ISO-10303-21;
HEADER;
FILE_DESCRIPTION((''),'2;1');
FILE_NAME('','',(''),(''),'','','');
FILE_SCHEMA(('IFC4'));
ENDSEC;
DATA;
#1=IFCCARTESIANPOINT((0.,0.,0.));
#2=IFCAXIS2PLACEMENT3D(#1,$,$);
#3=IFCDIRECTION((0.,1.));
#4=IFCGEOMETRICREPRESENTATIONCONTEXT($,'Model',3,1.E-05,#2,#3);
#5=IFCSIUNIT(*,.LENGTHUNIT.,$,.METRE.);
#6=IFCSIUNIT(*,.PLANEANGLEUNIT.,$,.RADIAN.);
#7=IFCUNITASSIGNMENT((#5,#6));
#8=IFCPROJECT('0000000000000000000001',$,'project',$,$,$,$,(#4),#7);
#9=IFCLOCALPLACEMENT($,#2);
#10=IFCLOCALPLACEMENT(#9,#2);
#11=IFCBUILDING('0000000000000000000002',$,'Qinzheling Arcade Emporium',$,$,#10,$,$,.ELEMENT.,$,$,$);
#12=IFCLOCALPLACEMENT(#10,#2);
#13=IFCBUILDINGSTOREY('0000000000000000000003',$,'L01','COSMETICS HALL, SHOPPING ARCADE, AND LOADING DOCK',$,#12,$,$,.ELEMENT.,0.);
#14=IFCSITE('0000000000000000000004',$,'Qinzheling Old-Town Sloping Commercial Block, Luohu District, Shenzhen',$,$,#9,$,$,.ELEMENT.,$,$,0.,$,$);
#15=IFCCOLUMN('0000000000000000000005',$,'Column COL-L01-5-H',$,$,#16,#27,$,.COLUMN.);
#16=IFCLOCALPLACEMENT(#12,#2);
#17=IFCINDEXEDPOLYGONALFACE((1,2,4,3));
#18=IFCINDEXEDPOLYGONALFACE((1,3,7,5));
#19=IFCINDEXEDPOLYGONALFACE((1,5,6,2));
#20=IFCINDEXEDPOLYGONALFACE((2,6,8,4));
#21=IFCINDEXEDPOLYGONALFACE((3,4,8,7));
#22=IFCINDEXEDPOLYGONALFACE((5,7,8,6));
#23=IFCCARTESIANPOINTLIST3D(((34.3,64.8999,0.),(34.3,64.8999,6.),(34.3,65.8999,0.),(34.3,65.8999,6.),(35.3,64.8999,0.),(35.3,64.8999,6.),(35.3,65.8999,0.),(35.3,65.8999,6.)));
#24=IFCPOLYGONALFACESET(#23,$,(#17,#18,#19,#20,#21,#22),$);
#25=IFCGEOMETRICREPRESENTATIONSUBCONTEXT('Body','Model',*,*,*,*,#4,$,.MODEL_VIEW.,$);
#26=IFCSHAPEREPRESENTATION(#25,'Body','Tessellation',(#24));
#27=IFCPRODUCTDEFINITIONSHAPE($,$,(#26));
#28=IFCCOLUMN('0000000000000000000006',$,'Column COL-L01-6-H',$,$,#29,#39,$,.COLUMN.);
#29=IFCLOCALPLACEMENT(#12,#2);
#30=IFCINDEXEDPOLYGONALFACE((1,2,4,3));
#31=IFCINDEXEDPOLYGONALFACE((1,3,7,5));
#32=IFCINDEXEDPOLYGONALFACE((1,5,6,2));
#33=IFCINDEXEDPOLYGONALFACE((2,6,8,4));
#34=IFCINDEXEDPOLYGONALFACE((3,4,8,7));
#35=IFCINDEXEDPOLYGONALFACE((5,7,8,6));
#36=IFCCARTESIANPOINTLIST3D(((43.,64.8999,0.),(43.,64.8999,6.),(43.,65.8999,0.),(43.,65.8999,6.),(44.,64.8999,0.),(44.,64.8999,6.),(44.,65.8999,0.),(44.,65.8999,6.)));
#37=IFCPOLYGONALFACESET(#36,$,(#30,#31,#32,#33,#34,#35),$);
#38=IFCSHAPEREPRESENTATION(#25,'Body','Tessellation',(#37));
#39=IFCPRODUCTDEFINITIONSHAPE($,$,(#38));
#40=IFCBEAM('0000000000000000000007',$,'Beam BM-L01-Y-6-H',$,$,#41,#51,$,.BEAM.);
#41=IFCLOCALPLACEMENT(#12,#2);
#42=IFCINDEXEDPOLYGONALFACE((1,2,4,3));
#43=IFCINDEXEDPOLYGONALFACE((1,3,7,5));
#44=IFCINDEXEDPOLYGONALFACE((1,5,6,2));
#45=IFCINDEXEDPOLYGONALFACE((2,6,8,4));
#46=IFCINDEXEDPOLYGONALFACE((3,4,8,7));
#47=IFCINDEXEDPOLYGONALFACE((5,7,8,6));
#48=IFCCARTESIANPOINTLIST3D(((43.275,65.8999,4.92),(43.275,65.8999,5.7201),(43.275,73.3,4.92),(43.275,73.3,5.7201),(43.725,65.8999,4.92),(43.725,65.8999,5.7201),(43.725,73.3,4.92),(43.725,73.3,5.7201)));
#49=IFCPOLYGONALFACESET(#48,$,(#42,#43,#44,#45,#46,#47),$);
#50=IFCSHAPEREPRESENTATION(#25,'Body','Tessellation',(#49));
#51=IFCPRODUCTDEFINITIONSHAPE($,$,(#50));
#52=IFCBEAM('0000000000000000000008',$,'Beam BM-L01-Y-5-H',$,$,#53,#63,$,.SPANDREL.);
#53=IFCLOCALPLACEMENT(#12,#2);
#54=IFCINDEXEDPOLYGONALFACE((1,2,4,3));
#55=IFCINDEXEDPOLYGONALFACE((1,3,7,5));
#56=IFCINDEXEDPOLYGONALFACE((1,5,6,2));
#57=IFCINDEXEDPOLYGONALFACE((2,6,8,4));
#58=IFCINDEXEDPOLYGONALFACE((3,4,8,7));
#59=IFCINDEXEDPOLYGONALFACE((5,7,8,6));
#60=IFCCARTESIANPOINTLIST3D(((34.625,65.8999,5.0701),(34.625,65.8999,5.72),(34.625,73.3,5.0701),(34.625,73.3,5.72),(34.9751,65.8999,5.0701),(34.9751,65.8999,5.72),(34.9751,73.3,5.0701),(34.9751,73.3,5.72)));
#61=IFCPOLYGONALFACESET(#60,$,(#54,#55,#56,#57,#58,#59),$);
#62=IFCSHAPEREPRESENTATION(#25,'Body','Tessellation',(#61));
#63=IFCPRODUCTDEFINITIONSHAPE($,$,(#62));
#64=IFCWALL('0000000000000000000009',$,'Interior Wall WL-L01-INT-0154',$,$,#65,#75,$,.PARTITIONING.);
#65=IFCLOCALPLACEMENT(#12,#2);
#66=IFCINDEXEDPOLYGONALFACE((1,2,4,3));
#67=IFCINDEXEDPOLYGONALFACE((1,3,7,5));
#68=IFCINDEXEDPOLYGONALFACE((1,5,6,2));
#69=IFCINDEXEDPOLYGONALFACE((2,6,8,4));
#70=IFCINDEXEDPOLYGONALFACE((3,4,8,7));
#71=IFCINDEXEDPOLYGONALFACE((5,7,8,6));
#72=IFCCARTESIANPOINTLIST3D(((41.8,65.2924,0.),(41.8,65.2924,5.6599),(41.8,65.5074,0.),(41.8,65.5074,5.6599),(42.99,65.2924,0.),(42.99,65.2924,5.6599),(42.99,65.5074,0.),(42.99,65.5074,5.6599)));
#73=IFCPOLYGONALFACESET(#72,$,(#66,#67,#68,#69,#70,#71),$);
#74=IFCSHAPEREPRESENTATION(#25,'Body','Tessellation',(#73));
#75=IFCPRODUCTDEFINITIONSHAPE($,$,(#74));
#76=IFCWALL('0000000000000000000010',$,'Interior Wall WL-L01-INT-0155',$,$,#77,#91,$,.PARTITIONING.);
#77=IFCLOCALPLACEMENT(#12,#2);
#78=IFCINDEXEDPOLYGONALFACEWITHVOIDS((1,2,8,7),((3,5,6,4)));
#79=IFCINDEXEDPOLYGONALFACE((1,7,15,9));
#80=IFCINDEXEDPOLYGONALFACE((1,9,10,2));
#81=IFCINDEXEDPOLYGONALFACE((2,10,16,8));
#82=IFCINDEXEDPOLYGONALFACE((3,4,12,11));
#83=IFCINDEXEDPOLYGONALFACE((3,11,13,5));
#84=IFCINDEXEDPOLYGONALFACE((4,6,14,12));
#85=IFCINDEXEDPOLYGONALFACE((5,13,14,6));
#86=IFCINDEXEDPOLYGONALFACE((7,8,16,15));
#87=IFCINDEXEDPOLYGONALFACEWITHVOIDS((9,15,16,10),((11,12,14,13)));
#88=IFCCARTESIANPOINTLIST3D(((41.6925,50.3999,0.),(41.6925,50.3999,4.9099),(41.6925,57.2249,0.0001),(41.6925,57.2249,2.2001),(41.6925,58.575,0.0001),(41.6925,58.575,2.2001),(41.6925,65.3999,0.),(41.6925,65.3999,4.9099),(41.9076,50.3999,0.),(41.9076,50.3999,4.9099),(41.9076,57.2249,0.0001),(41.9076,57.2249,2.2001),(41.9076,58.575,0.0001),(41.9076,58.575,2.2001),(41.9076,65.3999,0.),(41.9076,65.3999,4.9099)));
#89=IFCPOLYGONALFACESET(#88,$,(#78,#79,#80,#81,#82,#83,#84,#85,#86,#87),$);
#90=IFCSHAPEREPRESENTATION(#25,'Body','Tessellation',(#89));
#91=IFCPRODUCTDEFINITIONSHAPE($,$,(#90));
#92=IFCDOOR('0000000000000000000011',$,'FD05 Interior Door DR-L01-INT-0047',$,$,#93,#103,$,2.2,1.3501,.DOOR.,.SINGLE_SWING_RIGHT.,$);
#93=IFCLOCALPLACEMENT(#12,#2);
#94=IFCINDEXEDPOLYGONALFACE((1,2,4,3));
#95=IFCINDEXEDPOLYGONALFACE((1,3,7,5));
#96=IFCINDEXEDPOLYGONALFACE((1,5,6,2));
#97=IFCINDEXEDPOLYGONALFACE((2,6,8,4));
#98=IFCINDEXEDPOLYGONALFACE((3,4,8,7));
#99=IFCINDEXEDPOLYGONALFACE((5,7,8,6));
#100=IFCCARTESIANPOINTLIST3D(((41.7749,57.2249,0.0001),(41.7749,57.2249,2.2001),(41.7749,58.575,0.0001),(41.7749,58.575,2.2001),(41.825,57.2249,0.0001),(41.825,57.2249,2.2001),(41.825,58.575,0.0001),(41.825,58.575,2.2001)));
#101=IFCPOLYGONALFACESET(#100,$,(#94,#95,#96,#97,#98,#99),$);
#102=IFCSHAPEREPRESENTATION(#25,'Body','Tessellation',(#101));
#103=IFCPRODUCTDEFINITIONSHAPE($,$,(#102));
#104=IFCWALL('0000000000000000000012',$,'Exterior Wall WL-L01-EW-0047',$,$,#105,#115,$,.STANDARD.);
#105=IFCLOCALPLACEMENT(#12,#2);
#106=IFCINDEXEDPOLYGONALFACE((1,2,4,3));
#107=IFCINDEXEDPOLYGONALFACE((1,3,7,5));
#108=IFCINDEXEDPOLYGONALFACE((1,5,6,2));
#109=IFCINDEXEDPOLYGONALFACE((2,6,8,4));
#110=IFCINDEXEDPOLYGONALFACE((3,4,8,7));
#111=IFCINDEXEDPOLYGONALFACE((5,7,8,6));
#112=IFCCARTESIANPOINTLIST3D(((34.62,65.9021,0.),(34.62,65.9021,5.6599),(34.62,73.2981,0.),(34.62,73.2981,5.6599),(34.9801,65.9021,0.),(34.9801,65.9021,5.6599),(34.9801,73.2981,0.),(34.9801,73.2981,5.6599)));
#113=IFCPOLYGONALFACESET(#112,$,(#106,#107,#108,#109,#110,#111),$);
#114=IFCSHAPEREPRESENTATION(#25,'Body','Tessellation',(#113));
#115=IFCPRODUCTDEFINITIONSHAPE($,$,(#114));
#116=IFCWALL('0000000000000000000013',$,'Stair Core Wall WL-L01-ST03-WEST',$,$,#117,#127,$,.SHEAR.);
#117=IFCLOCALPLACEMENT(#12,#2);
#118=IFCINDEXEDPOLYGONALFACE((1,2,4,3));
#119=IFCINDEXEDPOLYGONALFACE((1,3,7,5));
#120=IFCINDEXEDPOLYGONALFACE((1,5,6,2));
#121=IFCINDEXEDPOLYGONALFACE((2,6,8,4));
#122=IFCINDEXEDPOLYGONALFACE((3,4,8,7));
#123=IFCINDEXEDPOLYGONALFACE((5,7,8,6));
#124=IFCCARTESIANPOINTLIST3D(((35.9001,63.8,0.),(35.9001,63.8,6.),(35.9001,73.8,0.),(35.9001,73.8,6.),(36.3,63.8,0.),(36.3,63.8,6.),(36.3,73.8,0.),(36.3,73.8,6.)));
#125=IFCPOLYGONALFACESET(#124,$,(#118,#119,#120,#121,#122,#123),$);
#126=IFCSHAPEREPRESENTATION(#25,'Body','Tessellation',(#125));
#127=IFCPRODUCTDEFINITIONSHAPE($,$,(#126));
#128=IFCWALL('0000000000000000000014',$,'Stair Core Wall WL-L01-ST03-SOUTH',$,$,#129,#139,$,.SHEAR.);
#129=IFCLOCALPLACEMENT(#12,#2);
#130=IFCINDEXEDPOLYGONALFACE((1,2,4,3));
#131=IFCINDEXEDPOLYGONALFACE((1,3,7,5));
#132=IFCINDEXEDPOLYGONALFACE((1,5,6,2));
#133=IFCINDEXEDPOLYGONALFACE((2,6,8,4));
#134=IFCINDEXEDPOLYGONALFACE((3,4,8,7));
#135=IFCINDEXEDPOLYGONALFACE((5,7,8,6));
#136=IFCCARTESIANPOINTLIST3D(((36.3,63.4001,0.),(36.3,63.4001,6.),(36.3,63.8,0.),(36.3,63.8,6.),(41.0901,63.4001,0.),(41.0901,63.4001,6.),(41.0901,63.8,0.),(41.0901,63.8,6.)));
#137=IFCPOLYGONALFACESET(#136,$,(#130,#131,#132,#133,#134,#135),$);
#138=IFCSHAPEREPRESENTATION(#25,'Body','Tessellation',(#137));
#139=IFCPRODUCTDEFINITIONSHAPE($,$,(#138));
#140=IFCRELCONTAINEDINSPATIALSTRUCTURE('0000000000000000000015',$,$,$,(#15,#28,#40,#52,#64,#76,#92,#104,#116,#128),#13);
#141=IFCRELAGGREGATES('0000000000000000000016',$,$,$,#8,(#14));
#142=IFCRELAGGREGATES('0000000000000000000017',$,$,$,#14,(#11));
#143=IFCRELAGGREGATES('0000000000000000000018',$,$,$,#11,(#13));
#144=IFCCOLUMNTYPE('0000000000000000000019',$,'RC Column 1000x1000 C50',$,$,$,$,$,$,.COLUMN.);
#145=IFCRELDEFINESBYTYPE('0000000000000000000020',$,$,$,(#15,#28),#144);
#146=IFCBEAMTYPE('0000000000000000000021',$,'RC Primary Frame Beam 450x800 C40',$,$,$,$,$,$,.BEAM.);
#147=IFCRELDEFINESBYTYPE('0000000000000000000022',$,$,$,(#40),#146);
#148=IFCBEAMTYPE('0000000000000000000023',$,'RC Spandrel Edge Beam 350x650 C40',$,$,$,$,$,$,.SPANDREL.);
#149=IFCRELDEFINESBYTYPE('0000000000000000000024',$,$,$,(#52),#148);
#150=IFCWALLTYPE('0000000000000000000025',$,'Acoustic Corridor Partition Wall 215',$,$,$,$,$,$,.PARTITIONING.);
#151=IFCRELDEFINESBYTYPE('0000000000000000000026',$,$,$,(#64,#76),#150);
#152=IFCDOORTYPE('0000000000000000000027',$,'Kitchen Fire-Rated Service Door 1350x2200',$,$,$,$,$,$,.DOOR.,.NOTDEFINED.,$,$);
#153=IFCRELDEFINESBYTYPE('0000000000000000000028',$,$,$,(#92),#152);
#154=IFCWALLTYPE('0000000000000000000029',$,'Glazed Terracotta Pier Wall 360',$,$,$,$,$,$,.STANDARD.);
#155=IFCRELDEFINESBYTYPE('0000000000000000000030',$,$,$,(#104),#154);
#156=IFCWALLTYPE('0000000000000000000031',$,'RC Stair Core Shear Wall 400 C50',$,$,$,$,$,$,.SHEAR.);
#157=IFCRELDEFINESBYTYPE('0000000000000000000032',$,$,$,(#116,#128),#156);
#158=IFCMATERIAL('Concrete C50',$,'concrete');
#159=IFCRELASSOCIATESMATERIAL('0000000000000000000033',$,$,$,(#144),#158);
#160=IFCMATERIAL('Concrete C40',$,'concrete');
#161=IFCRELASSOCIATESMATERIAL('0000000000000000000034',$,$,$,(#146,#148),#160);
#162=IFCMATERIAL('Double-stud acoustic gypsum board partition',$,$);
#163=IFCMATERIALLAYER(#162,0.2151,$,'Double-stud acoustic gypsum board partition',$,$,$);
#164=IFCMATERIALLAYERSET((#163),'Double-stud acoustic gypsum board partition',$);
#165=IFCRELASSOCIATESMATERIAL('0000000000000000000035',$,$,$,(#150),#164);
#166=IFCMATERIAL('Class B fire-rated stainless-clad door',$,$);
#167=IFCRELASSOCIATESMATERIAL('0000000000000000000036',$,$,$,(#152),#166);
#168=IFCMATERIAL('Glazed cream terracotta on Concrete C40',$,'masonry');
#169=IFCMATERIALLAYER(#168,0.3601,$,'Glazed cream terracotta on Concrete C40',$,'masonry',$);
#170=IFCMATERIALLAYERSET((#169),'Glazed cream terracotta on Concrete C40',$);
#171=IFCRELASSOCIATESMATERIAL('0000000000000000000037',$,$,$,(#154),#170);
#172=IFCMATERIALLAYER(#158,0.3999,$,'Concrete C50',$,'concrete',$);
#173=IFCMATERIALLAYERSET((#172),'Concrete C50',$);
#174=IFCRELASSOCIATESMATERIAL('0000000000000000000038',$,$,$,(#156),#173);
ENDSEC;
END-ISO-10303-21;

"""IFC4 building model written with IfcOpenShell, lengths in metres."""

from ifc_helpers import new_model, si_unit, direction, frame, frame_2d, origin, origin_2d, place, context, subcontext, project, spatial, rectangle, extrude, material, layer, layer_set, material_profile, profile_set, type_object, element, fill, save


model = new_model("IFC4")

# Units and contexts
model_context = context("Model", 3, precision=1e-05, world=origin(), true_north=direction((0.0, 1.0)))
body_context = subcontext(model_context, "Body", "Model", "MODEL_VIEW")
ifc_project = project(units=[si_unit("LENGTHUNIT", "METRE"), si_unit("PLANEANGLEUNIT", "RADIAN")], contexts=[model_context])

# Site, building, storey
site_placement = place(None, origin())
site = spatial("IfcSite", under=ifc_project, at=site_placement, Name="Qinzheling Old-Town Sloping Commercial Block, Luohu District, Shenzhen", CompositionType="ELEMENT", RefElevation=0.0)
building_placement = place(site_placement, origin())
building = spatial("IfcBuilding", under=site, at=building_placement, Name="Qinzheling Arcade Emporium", CompositionType="ELEMENT")
storey_placement = place(building_placement, origin())
storey = spatial("IfcBuildingStorey", under=building, at=storey_placement, Name="L01", Description="COSMETICS HALL, SHOPPING ARCADE, AND LOADING DOCK", CompositionType="ELEMENT", Elevation=0.0)

# Columns
ifc_material_1 = material(Name="Concrete C50", Category="concrete")
ifc_material_profile_1 = material_profile(ifc_material_1, rectangle(XDim=1.0, YDim=1.0, at=origin_2d()), Name="RC 1000x1000", Category="concrete")
ifc_profile_set_1 = profile_set([ifc_material_profile_1], Name="Concrete C50")
column_type = type_object("IfcColumnType", Name="RC Column 1000x1000 C50", PredefinedType="COLUMN", material=ifc_profile_set_1)
for number, where, z_axis, x_axis, name in (
    (1, (34.8, 65.3999, 0.0), (0.0, 0.0, 1.0), (1.0, 0.0, 0.0), "Column COL-L01-5-H"),
    (2, (43.5, 65.3999, 0.0), (0.0, 0.0, 1.0), (1.0, 0.0, 0.0), "Column COL-L01-6-H"),
):
    element("IfcColumn", number, at=place(storey_placement, frame(where, z_axis=z_axis, x_axis=x_axis)), inside=storey, type_object=column_type, Name=name, PredefinedType="COLUMN", context=body_context, shape_type="SweptSolid", body=[
        extrude(rectangle(XDim=1.0, YDim=1.0, at=origin_2d()), origin(), (0.0, 0.0, 1.0), 6.0),
    ])

# Beams
ifc_material_2 = material(Name="Concrete C40", Category="concrete")
ifc_material_profile_2 = material_profile(ifc_material_2, rectangle(XDim=0.45, YDim=0.8, at=origin_2d()), Name="RC 450x800", Category="concrete")
ifc_profile_set_2 = profile_set([ifc_material_profile_2], Name="Concrete C40")
beam_type_1 = type_object("IfcBeamType", Name="RC Primary Frame Beam 450x800 C40", PredefinedType="BEAM", material=ifc_profile_set_2)
beam_1_placement = place(storey_placement, frame((43.5, 65.8999, 5.3201), z_axis=(0.0, 1.0, 0.0), x_axis=(-1.0, 0.0, 0.0)))
element("IfcBeam", 3, at=beam_1_placement, inside=storey, type_object=beam_type_1, Name="Beam BM-L01-Y-6-H", PredefinedType="BEAM", context=body_context, shape_type="SweptSolid", body=[
    extrude(rectangle(XDim=0.45, YDim=0.8, at=origin_2d()), origin(), (0.0, 0.0, 1.0), 7.4001),
])
ifc_material_profile_3 = material_profile(ifc_material_2, rectangle(XDim=0.3501, YDim=0.6499, at=origin_2d()), Name="RC 350x650", Category="concrete")
ifc_profile_set_3 = profile_set([ifc_material_profile_3], Name="Concrete C40")
beam_type_2 = type_object("IfcBeamType", Name="RC Spandrel Edge Beam 350x650 C40", PredefinedType="SPANDREL", material=ifc_profile_set_3)
beam_2_placement = place(storey_placement, frame((34.8, 65.8999, 5.395), z_axis=(0.0, 1.0, 0.0), x_axis=(-1.0, 0.0, 0.0)))
element("IfcBeam", 4, at=beam_2_placement, inside=storey, type_object=beam_type_2, Name="Beam BM-L01-Y-5-H", PredefinedType="SPANDREL", context=body_context, shape_type="SweptSolid", body=[
    extrude(rectangle(XDim=0.3501, YDim=0.6499, at=origin_2d()), origin(), (0.0, 0.0, 1.0), 7.4001),
])

# Wall
ifc_material_3 = material(Name="Double-stud acoustic gypsum board partition")
ifc_layer_1 = layer(ifc_material_3, 0.2151, Name="Double-stud acoustic gypsum board partition")
ifc_layer_set_1 = layer_set([ifc_layer_1], Name="Double-stud acoustic gypsum board partition")
wall_type_1 = type_object("IfcWallType", Name="Acoustic Corridor Partition Wall 215", PredefinedType="PARTITIONING", material=ifc_layer_set_1)
wall_1_placement = place(storey_placement, frame((42.99, 65.3999, 0.0), z_axis=(0.0, 0.0, 1.0), x_axis=(-1.0, 0.0, 0.0)))
element("IfcWall", 5, at=wall_1_placement, inside=storey, type_object=wall_type_1, Name="Interior Wall WL-L01-INT-0154", PredefinedType="PARTITIONING", context=body_context, shape_type="SweptSolid", body=[
    extrude(rectangle(XDim=1.1899, YDim=0.2151, at=frame_2d((0.595, 0.0))), origin(), (0.0, 0.0, 1.0), 5.6599),
])

# Wall, opening, door
wall_2_placement = place(storey_placement, frame((41.8, 65.3999, 0.0), z_axis=(0.0, 0.0, 1.0), x_axis=(0.0, -1.0, 0.0)))
wall_2 = element("IfcWall", 6, at=wall_2_placement, inside=storey, type_object=wall_type_1, Name="Interior Wall WL-L01-INT-0155", PredefinedType="PARTITIONING", context=body_context, shape_type="SweptSolid", body=[
    extrude(rectangle(XDim=15.0, YDim=0.2151, at=frame_2d((7.5, 0.0))), origin(), (0.0, 0.0, 1.0), 4.9099),
])
opening_placement = place(wall_2_placement, frame((6.825, 0.0, 0.0)))
opening = element("IfcOpeningElement", 7, at=opening_placement, cuts=wall_2, PredefinedType="OPENING", context=body_context, shape_type="SweptSolid", body=[
    extrude(rectangle(XDim=1.3501, YDim=2.2, at=frame_2d((0.675, 1.1001))), frame((0.0, 0.1177, 0.0), z_axis=(0.0, -1.0, 0.0), x_axis=(1.0, 0.0, 0.0)), (0.0, 0.0, 1.0), 0.2351),
])
ifc_material_4 = material(Name="Class B fire-rated stainless-clad door")
door_type = type_object("IfcDoorType", Name="Kitchen Fire-Rated Service Door 1350x2200", OperationType="NOTDEFINED", PredefinedType="DOOR", material=ifc_material_4)
door_placement = place(opening_placement, origin())
door = element("IfcDoor", 8, at=door_placement, inside=storey, type_object=door_type, Name="FD05 Interior Door DR-L01-INT-0047", OperationType="SINGLE_SWING_RIGHT", OverallHeight=2.2, OverallWidth=1.3501, PredefinedType="DOOR", context=body_context, shape_type="SweptSolid", body=[
    extrude(rectangle(XDim=1.3501, YDim=2.2, at=frame_2d((0.675, 1.1001))), frame((0.0, 0.0249, 0.0), z_axis=(0.0, -1.0, 0.0), x_axis=(1.0, 0.0, 0.0)), (0.0, 0.0, 1.0), 0.05),
])
fill(opening, door)

# Walls
ifc_material_5 = material(Name="Glazed cream terracotta on Concrete C40", Category="masonry")
ifc_layer_2 = layer(ifc_material_5, 0.3601, Name="Glazed cream terracotta on Concrete C40", Category="masonry")
ifc_layer_set_2 = layer_set([ifc_layer_2], Name="Glazed cream terracotta on Concrete C40")
wall_type_2 = type_object("IfcWallType", Name="Glazed Terracotta Pier Wall 360", PredefinedType="STANDARD", material=ifc_layer_set_2)
wall_3_placement = place(storey_placement, frame((34.8, 65.9021, 0.0), z_axis=(0.0, 0.0, 1.0), x_axis=(0.0, 1.0, 0.0)))
element("IfcWall", 9, at=wall_3_placement, inside=storey, type_object=wall_type_2, Name="Exterior Wall WL-L01-EW-0047", PredefinedType="STANDARD", context=body_context, shape_type="SweptSolid", body=[
    extrude(rectangle(XDim=7.396, YDim=0.3601, at=frame_2d((3.698, 0.0))), origin(), (0.0, 0.0, 1.0), 5.6599),
])
ifc_layer_3 = layer(ifc_material_1, 0.3999, Name="Concrete C50", Category="concrete")
ifc_layer_set_3 = layer_set([ifc_layer_3], Name="Concrete C50")
wall_type_3 = type_object("IfcWallType", Name="RC Stair Core Shear Wall 400 C50", PredefinedType="SHEAR", material=ifc_layer_set_3)
wall_4_placement = place(storey_placement, frame((36.1001, 63.8, 0.0), z_axis=(0.0, 0.0, 1.0), x_axis=(0.0, 1.0, 0.0)))
element("IfcWall", 10, at=wall_4_placement, inside=storey, type_object=wall_type_3, Name="Stair Core Wall WL-L01-ST03-WEST", PredefinedType="SHEAR", context=body_context, shape_type="SweptSolid", body=[
    extrude(rectangle(XDim=10.0, YDim=0.3999, at=frame_2d((5.0, 0.0))), origin(), (0.0, 0.0, 1.0), 6.0),
])
wall_5_placement = place(storey_placement, frame((41.0901, 63.6001, 0.0), z_axis=(0.0, 0.0, 1.0), x_axis=(-1.0, 0.0, 0.0)))
element("IfcWall", 11, at=wall_5_placement, inside=storey, type_object=wall_type_3, Name="Stair Core Wall WL-L01-ST03-SOUTH", PredefinedType="SHEAR", context=body_context, shape_type="SweptSolid", body=[
    extrude(rectangle(XDim=4.79, YDim=0.3999, at=frame_2d((2.395, 0.0))), origin(), (0.0, 0.0, 1.0), 6.0),
])

save(model, "model.ifc")
